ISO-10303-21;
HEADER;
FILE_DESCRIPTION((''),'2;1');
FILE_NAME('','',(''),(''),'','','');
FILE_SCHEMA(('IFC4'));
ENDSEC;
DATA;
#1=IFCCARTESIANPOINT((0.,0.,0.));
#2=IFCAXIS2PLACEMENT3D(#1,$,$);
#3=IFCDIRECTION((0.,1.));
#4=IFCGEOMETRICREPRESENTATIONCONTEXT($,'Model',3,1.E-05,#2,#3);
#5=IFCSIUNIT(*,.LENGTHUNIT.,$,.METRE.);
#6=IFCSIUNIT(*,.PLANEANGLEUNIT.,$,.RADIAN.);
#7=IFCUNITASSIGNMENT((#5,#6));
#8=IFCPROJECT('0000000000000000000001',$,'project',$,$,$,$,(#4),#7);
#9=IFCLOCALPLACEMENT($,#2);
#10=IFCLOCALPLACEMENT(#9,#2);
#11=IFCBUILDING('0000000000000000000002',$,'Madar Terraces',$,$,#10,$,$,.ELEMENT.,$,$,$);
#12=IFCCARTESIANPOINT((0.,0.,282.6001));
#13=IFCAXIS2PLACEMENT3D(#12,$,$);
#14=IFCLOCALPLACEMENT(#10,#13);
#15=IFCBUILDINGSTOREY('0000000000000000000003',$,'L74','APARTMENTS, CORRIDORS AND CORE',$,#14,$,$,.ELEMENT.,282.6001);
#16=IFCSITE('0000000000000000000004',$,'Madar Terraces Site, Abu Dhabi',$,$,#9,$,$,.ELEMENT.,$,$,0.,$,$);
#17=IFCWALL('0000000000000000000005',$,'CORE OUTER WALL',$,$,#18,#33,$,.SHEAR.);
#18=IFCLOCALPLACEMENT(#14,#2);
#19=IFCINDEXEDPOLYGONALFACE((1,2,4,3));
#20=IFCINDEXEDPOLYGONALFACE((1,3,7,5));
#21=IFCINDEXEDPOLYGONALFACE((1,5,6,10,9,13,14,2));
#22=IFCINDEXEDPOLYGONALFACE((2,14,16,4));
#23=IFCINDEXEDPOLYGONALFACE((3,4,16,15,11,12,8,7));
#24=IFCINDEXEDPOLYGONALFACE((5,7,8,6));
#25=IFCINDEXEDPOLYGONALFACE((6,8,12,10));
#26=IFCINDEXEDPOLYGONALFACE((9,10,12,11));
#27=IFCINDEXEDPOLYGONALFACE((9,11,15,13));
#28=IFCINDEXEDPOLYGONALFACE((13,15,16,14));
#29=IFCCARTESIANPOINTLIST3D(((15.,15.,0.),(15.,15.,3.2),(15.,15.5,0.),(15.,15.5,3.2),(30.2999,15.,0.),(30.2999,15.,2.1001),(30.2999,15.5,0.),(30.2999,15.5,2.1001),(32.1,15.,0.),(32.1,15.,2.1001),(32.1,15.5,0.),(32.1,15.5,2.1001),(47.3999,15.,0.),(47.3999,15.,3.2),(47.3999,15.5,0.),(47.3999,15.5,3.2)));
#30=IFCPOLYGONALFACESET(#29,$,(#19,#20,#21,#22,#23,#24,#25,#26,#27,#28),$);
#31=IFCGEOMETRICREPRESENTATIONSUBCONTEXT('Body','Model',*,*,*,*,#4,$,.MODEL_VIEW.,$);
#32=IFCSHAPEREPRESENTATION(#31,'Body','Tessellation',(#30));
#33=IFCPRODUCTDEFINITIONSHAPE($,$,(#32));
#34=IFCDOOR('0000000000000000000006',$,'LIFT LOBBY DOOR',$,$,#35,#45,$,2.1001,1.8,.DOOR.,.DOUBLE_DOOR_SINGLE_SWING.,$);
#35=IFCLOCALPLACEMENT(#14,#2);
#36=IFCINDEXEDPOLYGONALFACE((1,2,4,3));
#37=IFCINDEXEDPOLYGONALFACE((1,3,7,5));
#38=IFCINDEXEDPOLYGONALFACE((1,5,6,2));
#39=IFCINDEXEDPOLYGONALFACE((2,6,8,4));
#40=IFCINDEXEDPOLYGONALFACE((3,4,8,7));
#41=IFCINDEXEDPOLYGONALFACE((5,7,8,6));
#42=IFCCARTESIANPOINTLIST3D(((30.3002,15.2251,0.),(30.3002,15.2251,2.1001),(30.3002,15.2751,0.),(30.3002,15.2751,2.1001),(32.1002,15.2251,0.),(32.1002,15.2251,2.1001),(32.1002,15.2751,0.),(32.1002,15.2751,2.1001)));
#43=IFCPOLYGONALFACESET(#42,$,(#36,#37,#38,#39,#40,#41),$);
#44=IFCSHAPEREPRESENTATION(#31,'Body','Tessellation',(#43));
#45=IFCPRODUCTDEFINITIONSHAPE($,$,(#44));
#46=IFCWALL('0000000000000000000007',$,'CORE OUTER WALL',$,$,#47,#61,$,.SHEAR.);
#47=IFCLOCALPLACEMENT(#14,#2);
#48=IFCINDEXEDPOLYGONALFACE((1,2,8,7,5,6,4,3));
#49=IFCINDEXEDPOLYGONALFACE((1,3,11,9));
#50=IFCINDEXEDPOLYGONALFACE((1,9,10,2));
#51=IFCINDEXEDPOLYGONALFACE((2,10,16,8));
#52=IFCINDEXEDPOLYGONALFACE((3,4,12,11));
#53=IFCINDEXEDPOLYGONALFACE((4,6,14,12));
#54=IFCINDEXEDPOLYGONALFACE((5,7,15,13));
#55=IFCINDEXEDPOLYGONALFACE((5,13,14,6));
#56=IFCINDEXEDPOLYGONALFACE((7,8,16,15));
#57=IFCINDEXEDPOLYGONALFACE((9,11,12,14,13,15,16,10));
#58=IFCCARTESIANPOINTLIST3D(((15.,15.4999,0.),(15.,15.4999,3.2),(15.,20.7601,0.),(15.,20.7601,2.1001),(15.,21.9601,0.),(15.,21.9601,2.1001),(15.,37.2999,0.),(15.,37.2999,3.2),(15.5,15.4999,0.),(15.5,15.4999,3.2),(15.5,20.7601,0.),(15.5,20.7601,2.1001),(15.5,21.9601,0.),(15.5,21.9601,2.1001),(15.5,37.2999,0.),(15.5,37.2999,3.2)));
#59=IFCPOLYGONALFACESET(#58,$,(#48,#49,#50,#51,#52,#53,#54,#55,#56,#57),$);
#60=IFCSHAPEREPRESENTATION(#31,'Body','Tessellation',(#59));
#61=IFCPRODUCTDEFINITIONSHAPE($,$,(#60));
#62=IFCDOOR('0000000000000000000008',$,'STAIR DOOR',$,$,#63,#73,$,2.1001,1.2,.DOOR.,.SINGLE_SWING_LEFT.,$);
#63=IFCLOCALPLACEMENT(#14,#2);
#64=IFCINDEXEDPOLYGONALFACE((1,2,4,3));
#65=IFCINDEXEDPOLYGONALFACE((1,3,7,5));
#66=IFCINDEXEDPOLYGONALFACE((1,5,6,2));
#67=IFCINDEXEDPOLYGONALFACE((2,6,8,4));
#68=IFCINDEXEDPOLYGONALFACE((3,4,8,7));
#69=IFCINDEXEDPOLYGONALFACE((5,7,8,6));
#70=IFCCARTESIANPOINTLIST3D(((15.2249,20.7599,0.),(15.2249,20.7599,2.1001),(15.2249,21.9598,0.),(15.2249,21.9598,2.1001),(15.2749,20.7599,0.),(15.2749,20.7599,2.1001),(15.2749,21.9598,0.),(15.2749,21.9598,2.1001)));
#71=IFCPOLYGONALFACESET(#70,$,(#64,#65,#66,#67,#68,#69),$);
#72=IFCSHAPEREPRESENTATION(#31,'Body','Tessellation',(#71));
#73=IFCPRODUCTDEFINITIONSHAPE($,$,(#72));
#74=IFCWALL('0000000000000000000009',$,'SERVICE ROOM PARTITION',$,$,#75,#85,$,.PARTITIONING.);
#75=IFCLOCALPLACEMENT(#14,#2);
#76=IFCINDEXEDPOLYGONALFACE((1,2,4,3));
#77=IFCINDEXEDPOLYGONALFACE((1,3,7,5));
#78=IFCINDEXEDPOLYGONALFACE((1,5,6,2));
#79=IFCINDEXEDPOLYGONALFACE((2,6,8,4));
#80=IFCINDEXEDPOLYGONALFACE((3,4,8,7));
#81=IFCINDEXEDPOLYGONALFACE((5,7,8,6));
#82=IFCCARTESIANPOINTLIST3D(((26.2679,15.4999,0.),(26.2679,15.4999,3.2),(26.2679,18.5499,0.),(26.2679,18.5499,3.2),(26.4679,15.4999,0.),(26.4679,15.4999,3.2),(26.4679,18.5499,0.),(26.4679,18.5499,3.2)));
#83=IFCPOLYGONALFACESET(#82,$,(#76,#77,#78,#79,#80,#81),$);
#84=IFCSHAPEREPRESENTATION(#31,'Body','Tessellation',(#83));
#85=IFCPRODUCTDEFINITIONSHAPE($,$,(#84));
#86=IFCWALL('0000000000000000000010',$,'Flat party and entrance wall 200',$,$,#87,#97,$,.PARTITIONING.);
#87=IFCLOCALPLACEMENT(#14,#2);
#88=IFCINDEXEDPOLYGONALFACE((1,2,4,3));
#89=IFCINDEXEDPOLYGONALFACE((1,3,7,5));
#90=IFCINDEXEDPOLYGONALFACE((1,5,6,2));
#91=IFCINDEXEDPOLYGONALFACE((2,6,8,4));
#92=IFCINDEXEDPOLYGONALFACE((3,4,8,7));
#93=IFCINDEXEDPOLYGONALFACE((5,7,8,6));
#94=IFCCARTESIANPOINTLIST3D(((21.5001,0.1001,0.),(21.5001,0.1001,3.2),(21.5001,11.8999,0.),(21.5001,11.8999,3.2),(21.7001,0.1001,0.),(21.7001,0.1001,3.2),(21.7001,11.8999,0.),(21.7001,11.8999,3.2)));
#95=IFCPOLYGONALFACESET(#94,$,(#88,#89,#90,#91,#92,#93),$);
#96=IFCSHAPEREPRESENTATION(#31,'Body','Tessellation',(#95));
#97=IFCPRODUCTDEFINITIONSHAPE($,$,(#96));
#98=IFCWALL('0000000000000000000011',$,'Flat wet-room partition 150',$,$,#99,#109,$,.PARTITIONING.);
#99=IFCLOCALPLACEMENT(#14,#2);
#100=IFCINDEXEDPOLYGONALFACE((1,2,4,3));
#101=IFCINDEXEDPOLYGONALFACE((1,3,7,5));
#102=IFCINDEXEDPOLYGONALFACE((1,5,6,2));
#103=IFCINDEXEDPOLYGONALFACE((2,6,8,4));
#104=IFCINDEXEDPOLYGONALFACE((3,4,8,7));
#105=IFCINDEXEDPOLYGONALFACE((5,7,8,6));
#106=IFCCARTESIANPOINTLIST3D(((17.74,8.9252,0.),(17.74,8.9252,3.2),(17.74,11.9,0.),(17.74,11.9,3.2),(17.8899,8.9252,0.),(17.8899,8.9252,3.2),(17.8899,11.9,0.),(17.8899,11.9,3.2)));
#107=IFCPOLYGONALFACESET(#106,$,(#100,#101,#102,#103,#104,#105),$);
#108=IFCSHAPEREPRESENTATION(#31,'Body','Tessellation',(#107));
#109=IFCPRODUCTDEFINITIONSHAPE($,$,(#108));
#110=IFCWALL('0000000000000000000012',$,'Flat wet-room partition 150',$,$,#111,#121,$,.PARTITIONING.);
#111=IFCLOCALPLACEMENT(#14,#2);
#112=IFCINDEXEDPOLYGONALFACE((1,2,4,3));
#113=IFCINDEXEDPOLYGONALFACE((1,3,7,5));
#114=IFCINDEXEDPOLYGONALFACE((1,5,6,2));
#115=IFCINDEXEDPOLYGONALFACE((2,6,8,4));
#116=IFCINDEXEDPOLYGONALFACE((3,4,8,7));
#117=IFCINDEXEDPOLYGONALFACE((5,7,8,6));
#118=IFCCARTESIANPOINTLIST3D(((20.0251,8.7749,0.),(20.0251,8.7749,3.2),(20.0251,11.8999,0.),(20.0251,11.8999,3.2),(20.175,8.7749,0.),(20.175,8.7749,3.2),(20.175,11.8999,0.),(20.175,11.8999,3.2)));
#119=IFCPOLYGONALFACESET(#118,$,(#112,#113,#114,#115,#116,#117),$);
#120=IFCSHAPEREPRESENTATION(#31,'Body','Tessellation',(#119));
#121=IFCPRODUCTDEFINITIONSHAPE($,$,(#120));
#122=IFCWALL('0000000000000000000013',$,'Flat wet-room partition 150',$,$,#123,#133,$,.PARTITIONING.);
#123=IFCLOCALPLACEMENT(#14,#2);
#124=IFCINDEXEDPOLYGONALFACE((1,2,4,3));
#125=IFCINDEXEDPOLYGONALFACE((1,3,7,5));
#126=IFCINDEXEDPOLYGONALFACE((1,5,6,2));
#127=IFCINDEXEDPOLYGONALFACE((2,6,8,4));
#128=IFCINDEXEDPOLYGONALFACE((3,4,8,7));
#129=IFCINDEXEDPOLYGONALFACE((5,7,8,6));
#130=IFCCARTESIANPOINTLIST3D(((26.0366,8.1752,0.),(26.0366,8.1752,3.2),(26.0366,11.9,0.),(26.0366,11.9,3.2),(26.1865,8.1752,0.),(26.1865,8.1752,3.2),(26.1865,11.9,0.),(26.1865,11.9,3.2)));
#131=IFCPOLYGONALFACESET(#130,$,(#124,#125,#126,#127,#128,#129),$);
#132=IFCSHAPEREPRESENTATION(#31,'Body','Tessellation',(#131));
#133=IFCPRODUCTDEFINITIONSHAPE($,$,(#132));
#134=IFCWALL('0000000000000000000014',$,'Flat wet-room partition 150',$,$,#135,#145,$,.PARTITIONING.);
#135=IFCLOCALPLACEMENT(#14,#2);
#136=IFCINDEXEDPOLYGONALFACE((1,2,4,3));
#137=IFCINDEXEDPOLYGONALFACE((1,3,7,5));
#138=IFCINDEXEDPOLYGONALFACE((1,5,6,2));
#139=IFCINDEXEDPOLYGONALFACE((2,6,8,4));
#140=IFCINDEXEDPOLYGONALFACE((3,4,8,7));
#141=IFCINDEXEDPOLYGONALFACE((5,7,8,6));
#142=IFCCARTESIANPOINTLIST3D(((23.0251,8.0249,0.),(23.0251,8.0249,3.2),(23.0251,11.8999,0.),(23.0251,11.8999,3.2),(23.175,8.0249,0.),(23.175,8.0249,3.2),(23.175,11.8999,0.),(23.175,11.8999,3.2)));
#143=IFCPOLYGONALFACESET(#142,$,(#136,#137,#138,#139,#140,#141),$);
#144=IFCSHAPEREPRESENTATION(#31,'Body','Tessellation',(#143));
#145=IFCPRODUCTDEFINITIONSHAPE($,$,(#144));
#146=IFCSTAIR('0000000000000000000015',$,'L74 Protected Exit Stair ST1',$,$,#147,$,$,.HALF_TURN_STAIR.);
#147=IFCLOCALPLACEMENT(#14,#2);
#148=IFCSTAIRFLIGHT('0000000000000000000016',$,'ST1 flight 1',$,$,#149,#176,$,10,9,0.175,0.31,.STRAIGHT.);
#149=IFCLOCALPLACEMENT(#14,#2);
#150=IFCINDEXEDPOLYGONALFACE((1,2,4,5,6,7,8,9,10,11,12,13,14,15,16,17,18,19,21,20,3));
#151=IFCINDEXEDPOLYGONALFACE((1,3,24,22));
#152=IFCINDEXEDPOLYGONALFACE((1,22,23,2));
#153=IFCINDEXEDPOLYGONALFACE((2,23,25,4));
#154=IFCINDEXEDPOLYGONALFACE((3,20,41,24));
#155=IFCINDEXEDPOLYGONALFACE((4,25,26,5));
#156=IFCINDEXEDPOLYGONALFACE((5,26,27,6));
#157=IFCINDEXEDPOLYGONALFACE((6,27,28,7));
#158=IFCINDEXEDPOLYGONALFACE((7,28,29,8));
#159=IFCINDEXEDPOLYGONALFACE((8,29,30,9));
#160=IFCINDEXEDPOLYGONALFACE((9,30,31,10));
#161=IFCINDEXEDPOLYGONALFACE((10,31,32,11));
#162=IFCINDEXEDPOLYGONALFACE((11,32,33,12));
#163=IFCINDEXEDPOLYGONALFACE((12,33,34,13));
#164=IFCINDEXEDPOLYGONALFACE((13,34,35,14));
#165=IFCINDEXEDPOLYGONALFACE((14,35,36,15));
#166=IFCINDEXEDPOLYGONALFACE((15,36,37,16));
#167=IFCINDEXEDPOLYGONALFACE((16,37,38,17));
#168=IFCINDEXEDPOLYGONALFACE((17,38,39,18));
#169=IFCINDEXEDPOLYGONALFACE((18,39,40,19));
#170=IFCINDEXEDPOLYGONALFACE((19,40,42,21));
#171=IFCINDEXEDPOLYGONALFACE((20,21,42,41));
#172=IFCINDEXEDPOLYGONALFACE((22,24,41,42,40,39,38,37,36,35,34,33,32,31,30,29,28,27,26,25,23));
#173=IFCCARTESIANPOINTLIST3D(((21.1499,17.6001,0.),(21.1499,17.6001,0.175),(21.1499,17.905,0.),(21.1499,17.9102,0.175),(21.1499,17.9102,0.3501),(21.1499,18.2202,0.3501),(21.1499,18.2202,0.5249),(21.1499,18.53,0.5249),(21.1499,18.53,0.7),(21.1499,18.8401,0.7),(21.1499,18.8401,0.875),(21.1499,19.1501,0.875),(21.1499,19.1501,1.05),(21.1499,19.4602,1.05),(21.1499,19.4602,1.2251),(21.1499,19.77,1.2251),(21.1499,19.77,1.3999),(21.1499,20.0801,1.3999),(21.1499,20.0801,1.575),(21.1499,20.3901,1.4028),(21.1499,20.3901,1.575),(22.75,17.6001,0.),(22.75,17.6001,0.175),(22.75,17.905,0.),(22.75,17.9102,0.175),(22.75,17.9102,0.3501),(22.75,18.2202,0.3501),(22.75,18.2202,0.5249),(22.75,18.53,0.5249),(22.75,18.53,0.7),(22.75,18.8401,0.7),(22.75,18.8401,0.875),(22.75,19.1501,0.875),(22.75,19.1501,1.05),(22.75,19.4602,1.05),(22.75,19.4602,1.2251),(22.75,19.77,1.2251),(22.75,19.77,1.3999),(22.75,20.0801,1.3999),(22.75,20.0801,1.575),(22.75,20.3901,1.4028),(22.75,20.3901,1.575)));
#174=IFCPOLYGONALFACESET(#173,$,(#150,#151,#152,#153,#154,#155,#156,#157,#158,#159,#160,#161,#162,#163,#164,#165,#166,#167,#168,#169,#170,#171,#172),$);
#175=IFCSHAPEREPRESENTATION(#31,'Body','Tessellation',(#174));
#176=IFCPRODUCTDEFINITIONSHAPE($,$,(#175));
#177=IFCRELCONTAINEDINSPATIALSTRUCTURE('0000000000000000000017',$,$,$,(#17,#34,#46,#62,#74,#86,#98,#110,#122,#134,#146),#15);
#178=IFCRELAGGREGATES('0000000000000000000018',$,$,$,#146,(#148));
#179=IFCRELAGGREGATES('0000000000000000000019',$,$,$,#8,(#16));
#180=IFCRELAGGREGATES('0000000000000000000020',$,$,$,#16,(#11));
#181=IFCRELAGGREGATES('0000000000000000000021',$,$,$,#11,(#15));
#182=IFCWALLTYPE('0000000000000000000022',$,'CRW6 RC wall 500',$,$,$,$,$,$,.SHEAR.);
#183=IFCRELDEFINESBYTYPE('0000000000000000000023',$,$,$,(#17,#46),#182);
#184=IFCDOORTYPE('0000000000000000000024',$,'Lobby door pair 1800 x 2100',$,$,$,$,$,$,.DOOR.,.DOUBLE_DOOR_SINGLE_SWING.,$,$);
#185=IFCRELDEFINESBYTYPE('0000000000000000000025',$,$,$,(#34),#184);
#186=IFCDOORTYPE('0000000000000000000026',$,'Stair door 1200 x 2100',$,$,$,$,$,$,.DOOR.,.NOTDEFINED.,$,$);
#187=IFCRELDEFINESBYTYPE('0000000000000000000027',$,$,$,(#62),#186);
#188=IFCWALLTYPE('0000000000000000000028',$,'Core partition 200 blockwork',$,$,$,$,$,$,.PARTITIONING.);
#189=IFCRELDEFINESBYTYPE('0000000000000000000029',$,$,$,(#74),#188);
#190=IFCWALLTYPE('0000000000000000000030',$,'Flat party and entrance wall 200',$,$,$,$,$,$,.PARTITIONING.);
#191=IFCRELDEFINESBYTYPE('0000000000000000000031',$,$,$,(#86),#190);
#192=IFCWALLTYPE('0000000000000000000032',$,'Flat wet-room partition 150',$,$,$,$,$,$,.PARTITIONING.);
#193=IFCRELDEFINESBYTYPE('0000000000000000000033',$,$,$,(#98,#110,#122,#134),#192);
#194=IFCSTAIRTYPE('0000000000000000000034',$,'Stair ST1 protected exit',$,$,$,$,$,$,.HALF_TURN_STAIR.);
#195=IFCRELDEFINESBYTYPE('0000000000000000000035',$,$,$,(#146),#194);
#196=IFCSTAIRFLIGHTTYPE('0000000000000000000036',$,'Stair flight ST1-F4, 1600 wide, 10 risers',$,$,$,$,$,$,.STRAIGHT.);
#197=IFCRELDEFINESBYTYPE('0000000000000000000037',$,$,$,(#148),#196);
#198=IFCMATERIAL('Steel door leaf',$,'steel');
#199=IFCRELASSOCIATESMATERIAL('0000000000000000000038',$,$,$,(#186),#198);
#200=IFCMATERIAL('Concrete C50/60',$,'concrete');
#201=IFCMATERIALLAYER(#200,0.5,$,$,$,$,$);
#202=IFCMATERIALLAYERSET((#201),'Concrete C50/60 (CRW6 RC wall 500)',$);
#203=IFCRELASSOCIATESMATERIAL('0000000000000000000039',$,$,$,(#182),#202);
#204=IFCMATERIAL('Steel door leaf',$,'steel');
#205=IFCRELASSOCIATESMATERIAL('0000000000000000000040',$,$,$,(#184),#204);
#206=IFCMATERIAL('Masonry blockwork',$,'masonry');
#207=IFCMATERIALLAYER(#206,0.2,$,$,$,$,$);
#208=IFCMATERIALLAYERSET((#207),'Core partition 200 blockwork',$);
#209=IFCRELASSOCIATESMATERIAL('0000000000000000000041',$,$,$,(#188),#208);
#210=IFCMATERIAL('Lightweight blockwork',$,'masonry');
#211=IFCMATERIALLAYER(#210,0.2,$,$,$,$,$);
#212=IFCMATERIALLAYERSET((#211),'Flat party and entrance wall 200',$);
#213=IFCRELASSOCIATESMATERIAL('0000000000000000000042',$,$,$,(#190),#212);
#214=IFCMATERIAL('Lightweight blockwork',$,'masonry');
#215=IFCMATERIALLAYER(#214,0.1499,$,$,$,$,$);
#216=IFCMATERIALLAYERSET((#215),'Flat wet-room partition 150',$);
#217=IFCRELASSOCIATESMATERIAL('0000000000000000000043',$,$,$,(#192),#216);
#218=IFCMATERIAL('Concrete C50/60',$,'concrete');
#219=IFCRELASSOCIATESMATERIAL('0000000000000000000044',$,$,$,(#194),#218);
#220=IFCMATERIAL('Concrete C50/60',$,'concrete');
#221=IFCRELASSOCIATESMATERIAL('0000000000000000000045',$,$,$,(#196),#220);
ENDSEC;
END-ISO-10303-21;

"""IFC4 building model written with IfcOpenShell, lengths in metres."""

from ifc_helpers import new_model, si_unit, direction, frame, frame_2d, origin, place, context, subcontext, project, spatial, polyline, rectangle, outline, extrude, material, layer, layer_set, type_object, element, fill, aggregate, save


model = new_model("IFC4")

# Units and contexts
model_context = context("Model", 3, precision=1e-05, world=origin(), true_north=direction((0.0, 1.0)))
body_context = subcontext(model_context, "Body", "Model", "MODEL_VIEW")
ifc_project = project(units=[si_unit("LENGTHUNIT", "METRE"), si_unit("PLANEANGLEUNIT", "RADIAN")], contexts=[model_context])

# Site, building, storey
site_placement = place(None, origin())
site = spatial("IfcSite", under=ifc_project, at=site_placement, Name="Madar Terraces Site, Abu Dhabi", CompositionType="ELEMENT", RefElevation=0.0)
building_placement = place(site_placement, origin())
building = spatial("IfcBuilding", under=site, at=building_placement, Name="Madar Terraces", CompositionType="ELEMENT")
storey_placement = place(building_placement, frame((0.0, 0.0, 282.6001)))
storey = spatial("IfcBuildingStorey", under=building, at=storey_placement, Name="L74", Description="APARTMENTS, CORRIDORS AND CORE", CompositionType="ELEMENT", Elevation=282.6001)

# Shared definitions
ifc_material_1 = material(Name="Steel door leaf", Category="steel")
door_type_1 = type_object("IfcDoorType", Name="Stair door 1200 x 2100", OperationType="NOTDEFINED", PredefinedType="DOOR", material=ifc_material_1)

# Walls, openings, doors
ifc_material_2 = material(Name="Concrete C50/60", Category="concrete")
ifc_layer_1 = layer(ifc_material_2, 0.5)
ifc_layer_set_1 = layer_set([ifc_layer_1], Name="Concrete C50/60 (CRW6 RC wall 500)")
wall_type_1 = type_object("IfcWallType", Name="CRW6 RC wall 500", PredefinedType="SHEAR", material=ifc_layer_set_1)
wall_1_placement = place(storey_placement, frame((15.0, 15.25, 0.0), z_axis=(0.0, 0.0, 1.0), x_axis=(1.0, 0.0, 0.0)))
wall_1 = element("IfcWall", 1, at=wall_1_placement, inside=storey, type_object=wall_type_1, Name="CORE OUTER WALL", PredefinedType="SHEAR", context=body_context, shape_type="SweptSolid", body=[
    extrude(rectangle(XDim=32.3999, YDim=0.5, at=frame_2d((16.2, 0.0))), origin(), (0.0, 0.0, 1.0), 3.2),
])
opening_1_placement = place(wall_1_placement, frame((15.3, 0.0, 0.0)))
opening_1 = element("IfcOpeningElement", 2, at=opening_1_placement, cuts=wall_1, PredefinedType="OPENING", context=body_context, shape_type="SweptSolid", body=[
    extrude(rectangle(XDim=1.8, YDim=2.1001, at=frame_2d((0.8999, 1.05))), frame((0.0, 0.26, 0.0), z_axis=(0.0, -1.0, 0.0), x_axis=(1.0, 0.0, 0.0)), (0.0, 0.0, 1.0), 0.52),
])
ifc_material_3 = material(Name="Steel door leaf", Category="steel")
door_type_2 = type_object("IfcDoorType", Name="Lobby door pair 1800 x 2100", OperationType="DOUBLE_DOOR_SINGLE_SWING", PredefinedType="DOOR", material=ifc_material_3)
door_1_placement = place(opening_1_placement, frame((1.8, 0.0, 0.0), z_axis=(0.0, 0.0, 1.0), x_axis=(-1.0, 0.0, 0.0)))
door_1 = element("IfcDoor", 3, at=door_1_placement, inside=storey, type_object=door_type_2, Name="LIFT LOBBY DOOR", OperationType="DOUBLE_DOOR_SINGLE_SWING", OverallHeight=2.1001, OverallWidth=1.8, PredefinedType="DOOR", context=body_context, shape_type="SweptSolid", body=[
    extrude(rectangle(XDim=1.8, YDim=2.1001, at=frame_2d((0.8999, 1.05))), frame((0.0, 0.0249, 0.0), z_axis=(0.0, -1.0, 0.0), x_axis=(1.0, 0.0, 0.0)), (0.0, 0.0, 1.0), 0.05),
])
fill(opening_1, door_1)
wall_2_placement = place(storey_placement, frame((15.25, 15.5, 0.0), z_axis=(0.0, 0.0, 1.0), x_axis=(0.0, 1.0, 0.0)))
wall_2 = element("IfcWall", 4, at=wall_2_placement, inside=storey, type_object=wall_type_1, Name="CORE OUTER WALL", PredefinedType="SHEAR", context=body_context, shape_type="SweptSolid", body=[
    extrude(rectangle(XDim=21.8, YDim=0.5, at=frame_2d((10.8999, 0.0))), origin(), (0.0, 0.0, 1.0), 3.2),
])
opening_2_placement = place(wall_2_placement, frame((5.26, 0.0, 0.0)))
opening_2 = element("IfcOpeningElement", 5, at=opening_2_placement, cuts=wall_2, PredefinedType="OPENING", context=body_context, shape_type="SweptSolid", body=[
    extrude(rectangle(XDim=1.2, YDim=2.1001, at=frame_2d((0.6001, 1.05))), frame((0.0, 0.26, 0.0), z_axis=(0.0, -1.0, 0.0), x_axis=(1.0, 0.0, 0.0)), (0.0, 0.0, 1.0), 0.52),
])
door_2_placement = place(opening_2_placement, frame((1.2, 0.0, 0.0), z_axis=(0.0, 0.0, 1.0), x_axis=(-1.0, 0.0, 0.0)))
door_2 = element("IfcDoor", 6, at=door_2_placement, inside=storey, type_object=door_type_1, Name="STAIR DOOR", OperationType="SINGLE_SWING_LEFT", OverallHeight=2.1001, OverallWidth=1.2, PredefinedType="DOOR", context=body_context, shape_type="SweptSolid", body=[
    extrude(rectangle(XDim=1.2, YDim=2.1001, at=frame_2d((0.6001, 1.05))), frame((0.0, 0.0249, 0.0), z_axis=(0.0, -1.0, 0.0), x_axis=(1.0, 0.0, 0.0)), (0.0, 0.0, 1.0), 0.05),
])
fill(opening_2, door_2)

# Walls
ifc_material_4 = material(Name="Masonry blockwork", Category="masonry")
ifc_layer_2 = layer(ifc_material_4, 0.2)
ifc_layer_set_2 = layer_set([ifc_layer_2], Name="Core partition 200 blockwork")
wall_type_2 = type_object("IfcWallType", Name="Core partition 200 blockwork", PredefinedType="PARTITIONING", material=ifc_layer_set_2)
wall_3_placement = place(storey_placement, frame((26.3679, 15.5, 0.0), z_axis=(0.0, 0.0, 1.0), x_axis=(0.0, 1.0, 0.0)))
element("IfcWall", 7, at=wall_3_placement, inside=storey, type_object=wall_type_2, Name="SERVICE ROOM PARTITION", PredefinedType="PARTITIONING", context=body_context, shape_type="SweptSolid", body=[
    extrude(rectangle(XDim=3.05, YDim=0.2, at=frame_2d((1.5249, 0.0))), origin(), (0.0, 0.0, 1.0), 3.2),
])
ifc_material_5 = material(Name="Lightweight blockwork", Category="masonry")
ifc_layer_3 = layer(ifc_material_5, 0.2)
ifc_layer_set_3 = layer_set([ifc_layer_3], Name="Flat party and entrance wall 200")
wall_type_3 = type_object("IfcWallType", Name="Flat party and entrance wall 200", PredefinedType="PARTITIONING", material=ifc_layer_set_3)
wall_4_placement = place(storey_placement, frame((21.6001, 11.8999, 0.0), z_axis=(0.0, 0.0, 1.0), x_axis=(0.0, -1.0, 0.0)))
element("IfcWall", 8, at=wall_4_placement, inside=storey, type_object=wall_type_3, Name="Flat party and entrance wall 200", PredefinedType="PARTITIONING", context=body_context, shape_type="SweptSolid", body=[
    extrude(rectangle(XDim=11.7998, YDim=0.2, at=frame_2d((5.8999, 0.0))), origin(), (0.0, 0.0, 1.0), 3.2),
])
ifc_material_6 = material(Name="Lightweight blockwork", Category="masonry")
ifc_layer_4 = layer(ifc_material_6, 0.1499)
ifc_layer_set_4 = layer_set([ifc_layer_4], Name="Flat wet-room partition 150")
wall_type_4 = type_object("IfcWallType", Name="Flat wet-room partition 150", PredefinedType="PARTITIONING", material=ifc_layer_set_4)
wall_5_placement = place(storey_placement, frame((17.8149, 11.8999, 0.0), z_axis=(0.0, 0.0, 1.0), x_axis=(0.0, -1.0, 0.0)))
element("IfcWall", 9, at=wall_5_placement, inside=storey, type_object=wall_type_4, Name="Flat wet-room partition 150", PredefinedType="PARTITIONING", context=body_context, shape_type="SweptSolid", body=[
    extrude(rectangle(XDim=2.9749, YDim=0.1499, at=frame_2d((1.4873, 0.0))), origin(), (0.0, 0.0, 1.0), 3.2),
])
wall_6_placement = place(storey_placement, frame((20.1001, 11.8999, 0.0), z_axis=(0.0, 0.0, 1.0), x_axis=(0.0, -1.0, 0.0)))
element("IfcWall", 10, at=wall_6_placement, inside=storey, type_object=wall_type_4, Name="Flat wet-room partition 150", PredefinedType="PARTITIONING", context=body_context, shape_type="SweptSolid", body=[
    extrude(rectangle(XDim=3.125, YDim=0.1499, at=frame_2d((1.5625, 0.0))), origin(), (0.0, 0.0, 1.0), 3.2),
])
wall_7_placement = place(storey_placement, frame((26.1116, 11.8999, 0.0), z_axis=(0.0, 0.0, 1.0), x_axis=(0.0, -1.0, 0.0)))
element("IfcWall", 11, at=wall_7_placement, inside=storey, type_object=wall_type_4, Name="Flat wet-room partition 150", PredefinedType="PARTITIONING", context=body_context, shape_type="SweptSolid", body=[
    extrude(rectangle(XDim=3.7249, YDim=0.1499, at=frame_2d((1.8623, 0.0))), origin(), (0.0, 0.0, 1.0), 3.2),
])
wall_8_placement = place(storey_placement, frame((23.1001, 11.8999, 0.0), z_axis=(0.0, 0.0, 1.0), x_axis=(0.0, -1.0, 0.0)))
element("IfcWall", 12, at=wall_8_placement, inside=storey, type_object=wall_type_4, Name="Flat wet-room partition 150", PredefinedType="PARTITIONING", context=body_context, shape_type="SweptSolid", body=[
    extrude(rectangle(XDim=3.875, YDim=0.1499, at=frame_2d((1.9375, 0.0))), origin(), (0.0, 0.0, 1.0), 3.2),
])

# Stair, stair flight
ifc_material_7 = material(Name="Concrete C50/60", Category="concrete")
stair_type = type_object("IfcStairType", Name="Stair ST1 protected exit", PredefinedType="HALF_TURN_STAIR", material=ifc_material_7)
stair_placement = place(storey_placement, origin())
stair = element("IfcStair", 13, at=stair_placement, inside=storey, type_object=stair_type, Name="L74 Protected Exit Stair ST1", PredefinedType="HALF_TURN_STAIR")
ifc_material_8 = material(Name="Concrete C50/60", Category="concrete")
stair_flight_type = type_object("IfcStairFlightType", Name="Stair flight ST1-F4, 1600 wide, 10 risers", PredefinedType="STRAIGHT", material=ifc_material_8)
stair_flight_1_placement = place(storey_placement, frame((21.95, 17.6001, 0.0), z_axis=(0.0, 0.0, 1.0), x_axis=(0.0, 1.0, 0.0)))
stair_flight_1 = element("IfcStairFlight", 14, at=stair_flight_1_placement, type_object=stair_flight_type, Name="ST1 flight 1", NumberOfRisers=10, NumberOfTreads=9, PredefinedType="STRAIGHT", RiserHeight=0.175, TreadLength=0.31, context=body_context, shape_type="SweptSolid", body=[
    extrude(outline(polyline([(0.0, 0.0), (0.0, 0.175), (0.3101, 0.175), (0.3101, 0.3501), (0.6201, 0.3501), (0.6201, 0.5249), (0.9299, 0.5249), (0.9299, 0.7), (1.24, 0.7), (1.24, 0.875), (1.55, 0.875), (1.55, 1.05), (1.8601, 1.05), (1.8601, 1.2251), (2.1699, 1.2251), (2.1699, 1.3999), (2.48, 1.3999), (2.48, 1.575), (2.79, 1.575), (2.79, 1.75), (2.79, 1.4028), (0.3049, 0.0), (0.0, 0.0)])), frame((0.0, 0.8, 0.0), z_axis=(0.0, -1.0, 0.0), x_axis=(1.0, 0.0, 0.0)), (0.0, 0.0, 1.0), 1.6001),
])
aggregate(stair, [stair_flight_1])

save(model, "model.ifc")
